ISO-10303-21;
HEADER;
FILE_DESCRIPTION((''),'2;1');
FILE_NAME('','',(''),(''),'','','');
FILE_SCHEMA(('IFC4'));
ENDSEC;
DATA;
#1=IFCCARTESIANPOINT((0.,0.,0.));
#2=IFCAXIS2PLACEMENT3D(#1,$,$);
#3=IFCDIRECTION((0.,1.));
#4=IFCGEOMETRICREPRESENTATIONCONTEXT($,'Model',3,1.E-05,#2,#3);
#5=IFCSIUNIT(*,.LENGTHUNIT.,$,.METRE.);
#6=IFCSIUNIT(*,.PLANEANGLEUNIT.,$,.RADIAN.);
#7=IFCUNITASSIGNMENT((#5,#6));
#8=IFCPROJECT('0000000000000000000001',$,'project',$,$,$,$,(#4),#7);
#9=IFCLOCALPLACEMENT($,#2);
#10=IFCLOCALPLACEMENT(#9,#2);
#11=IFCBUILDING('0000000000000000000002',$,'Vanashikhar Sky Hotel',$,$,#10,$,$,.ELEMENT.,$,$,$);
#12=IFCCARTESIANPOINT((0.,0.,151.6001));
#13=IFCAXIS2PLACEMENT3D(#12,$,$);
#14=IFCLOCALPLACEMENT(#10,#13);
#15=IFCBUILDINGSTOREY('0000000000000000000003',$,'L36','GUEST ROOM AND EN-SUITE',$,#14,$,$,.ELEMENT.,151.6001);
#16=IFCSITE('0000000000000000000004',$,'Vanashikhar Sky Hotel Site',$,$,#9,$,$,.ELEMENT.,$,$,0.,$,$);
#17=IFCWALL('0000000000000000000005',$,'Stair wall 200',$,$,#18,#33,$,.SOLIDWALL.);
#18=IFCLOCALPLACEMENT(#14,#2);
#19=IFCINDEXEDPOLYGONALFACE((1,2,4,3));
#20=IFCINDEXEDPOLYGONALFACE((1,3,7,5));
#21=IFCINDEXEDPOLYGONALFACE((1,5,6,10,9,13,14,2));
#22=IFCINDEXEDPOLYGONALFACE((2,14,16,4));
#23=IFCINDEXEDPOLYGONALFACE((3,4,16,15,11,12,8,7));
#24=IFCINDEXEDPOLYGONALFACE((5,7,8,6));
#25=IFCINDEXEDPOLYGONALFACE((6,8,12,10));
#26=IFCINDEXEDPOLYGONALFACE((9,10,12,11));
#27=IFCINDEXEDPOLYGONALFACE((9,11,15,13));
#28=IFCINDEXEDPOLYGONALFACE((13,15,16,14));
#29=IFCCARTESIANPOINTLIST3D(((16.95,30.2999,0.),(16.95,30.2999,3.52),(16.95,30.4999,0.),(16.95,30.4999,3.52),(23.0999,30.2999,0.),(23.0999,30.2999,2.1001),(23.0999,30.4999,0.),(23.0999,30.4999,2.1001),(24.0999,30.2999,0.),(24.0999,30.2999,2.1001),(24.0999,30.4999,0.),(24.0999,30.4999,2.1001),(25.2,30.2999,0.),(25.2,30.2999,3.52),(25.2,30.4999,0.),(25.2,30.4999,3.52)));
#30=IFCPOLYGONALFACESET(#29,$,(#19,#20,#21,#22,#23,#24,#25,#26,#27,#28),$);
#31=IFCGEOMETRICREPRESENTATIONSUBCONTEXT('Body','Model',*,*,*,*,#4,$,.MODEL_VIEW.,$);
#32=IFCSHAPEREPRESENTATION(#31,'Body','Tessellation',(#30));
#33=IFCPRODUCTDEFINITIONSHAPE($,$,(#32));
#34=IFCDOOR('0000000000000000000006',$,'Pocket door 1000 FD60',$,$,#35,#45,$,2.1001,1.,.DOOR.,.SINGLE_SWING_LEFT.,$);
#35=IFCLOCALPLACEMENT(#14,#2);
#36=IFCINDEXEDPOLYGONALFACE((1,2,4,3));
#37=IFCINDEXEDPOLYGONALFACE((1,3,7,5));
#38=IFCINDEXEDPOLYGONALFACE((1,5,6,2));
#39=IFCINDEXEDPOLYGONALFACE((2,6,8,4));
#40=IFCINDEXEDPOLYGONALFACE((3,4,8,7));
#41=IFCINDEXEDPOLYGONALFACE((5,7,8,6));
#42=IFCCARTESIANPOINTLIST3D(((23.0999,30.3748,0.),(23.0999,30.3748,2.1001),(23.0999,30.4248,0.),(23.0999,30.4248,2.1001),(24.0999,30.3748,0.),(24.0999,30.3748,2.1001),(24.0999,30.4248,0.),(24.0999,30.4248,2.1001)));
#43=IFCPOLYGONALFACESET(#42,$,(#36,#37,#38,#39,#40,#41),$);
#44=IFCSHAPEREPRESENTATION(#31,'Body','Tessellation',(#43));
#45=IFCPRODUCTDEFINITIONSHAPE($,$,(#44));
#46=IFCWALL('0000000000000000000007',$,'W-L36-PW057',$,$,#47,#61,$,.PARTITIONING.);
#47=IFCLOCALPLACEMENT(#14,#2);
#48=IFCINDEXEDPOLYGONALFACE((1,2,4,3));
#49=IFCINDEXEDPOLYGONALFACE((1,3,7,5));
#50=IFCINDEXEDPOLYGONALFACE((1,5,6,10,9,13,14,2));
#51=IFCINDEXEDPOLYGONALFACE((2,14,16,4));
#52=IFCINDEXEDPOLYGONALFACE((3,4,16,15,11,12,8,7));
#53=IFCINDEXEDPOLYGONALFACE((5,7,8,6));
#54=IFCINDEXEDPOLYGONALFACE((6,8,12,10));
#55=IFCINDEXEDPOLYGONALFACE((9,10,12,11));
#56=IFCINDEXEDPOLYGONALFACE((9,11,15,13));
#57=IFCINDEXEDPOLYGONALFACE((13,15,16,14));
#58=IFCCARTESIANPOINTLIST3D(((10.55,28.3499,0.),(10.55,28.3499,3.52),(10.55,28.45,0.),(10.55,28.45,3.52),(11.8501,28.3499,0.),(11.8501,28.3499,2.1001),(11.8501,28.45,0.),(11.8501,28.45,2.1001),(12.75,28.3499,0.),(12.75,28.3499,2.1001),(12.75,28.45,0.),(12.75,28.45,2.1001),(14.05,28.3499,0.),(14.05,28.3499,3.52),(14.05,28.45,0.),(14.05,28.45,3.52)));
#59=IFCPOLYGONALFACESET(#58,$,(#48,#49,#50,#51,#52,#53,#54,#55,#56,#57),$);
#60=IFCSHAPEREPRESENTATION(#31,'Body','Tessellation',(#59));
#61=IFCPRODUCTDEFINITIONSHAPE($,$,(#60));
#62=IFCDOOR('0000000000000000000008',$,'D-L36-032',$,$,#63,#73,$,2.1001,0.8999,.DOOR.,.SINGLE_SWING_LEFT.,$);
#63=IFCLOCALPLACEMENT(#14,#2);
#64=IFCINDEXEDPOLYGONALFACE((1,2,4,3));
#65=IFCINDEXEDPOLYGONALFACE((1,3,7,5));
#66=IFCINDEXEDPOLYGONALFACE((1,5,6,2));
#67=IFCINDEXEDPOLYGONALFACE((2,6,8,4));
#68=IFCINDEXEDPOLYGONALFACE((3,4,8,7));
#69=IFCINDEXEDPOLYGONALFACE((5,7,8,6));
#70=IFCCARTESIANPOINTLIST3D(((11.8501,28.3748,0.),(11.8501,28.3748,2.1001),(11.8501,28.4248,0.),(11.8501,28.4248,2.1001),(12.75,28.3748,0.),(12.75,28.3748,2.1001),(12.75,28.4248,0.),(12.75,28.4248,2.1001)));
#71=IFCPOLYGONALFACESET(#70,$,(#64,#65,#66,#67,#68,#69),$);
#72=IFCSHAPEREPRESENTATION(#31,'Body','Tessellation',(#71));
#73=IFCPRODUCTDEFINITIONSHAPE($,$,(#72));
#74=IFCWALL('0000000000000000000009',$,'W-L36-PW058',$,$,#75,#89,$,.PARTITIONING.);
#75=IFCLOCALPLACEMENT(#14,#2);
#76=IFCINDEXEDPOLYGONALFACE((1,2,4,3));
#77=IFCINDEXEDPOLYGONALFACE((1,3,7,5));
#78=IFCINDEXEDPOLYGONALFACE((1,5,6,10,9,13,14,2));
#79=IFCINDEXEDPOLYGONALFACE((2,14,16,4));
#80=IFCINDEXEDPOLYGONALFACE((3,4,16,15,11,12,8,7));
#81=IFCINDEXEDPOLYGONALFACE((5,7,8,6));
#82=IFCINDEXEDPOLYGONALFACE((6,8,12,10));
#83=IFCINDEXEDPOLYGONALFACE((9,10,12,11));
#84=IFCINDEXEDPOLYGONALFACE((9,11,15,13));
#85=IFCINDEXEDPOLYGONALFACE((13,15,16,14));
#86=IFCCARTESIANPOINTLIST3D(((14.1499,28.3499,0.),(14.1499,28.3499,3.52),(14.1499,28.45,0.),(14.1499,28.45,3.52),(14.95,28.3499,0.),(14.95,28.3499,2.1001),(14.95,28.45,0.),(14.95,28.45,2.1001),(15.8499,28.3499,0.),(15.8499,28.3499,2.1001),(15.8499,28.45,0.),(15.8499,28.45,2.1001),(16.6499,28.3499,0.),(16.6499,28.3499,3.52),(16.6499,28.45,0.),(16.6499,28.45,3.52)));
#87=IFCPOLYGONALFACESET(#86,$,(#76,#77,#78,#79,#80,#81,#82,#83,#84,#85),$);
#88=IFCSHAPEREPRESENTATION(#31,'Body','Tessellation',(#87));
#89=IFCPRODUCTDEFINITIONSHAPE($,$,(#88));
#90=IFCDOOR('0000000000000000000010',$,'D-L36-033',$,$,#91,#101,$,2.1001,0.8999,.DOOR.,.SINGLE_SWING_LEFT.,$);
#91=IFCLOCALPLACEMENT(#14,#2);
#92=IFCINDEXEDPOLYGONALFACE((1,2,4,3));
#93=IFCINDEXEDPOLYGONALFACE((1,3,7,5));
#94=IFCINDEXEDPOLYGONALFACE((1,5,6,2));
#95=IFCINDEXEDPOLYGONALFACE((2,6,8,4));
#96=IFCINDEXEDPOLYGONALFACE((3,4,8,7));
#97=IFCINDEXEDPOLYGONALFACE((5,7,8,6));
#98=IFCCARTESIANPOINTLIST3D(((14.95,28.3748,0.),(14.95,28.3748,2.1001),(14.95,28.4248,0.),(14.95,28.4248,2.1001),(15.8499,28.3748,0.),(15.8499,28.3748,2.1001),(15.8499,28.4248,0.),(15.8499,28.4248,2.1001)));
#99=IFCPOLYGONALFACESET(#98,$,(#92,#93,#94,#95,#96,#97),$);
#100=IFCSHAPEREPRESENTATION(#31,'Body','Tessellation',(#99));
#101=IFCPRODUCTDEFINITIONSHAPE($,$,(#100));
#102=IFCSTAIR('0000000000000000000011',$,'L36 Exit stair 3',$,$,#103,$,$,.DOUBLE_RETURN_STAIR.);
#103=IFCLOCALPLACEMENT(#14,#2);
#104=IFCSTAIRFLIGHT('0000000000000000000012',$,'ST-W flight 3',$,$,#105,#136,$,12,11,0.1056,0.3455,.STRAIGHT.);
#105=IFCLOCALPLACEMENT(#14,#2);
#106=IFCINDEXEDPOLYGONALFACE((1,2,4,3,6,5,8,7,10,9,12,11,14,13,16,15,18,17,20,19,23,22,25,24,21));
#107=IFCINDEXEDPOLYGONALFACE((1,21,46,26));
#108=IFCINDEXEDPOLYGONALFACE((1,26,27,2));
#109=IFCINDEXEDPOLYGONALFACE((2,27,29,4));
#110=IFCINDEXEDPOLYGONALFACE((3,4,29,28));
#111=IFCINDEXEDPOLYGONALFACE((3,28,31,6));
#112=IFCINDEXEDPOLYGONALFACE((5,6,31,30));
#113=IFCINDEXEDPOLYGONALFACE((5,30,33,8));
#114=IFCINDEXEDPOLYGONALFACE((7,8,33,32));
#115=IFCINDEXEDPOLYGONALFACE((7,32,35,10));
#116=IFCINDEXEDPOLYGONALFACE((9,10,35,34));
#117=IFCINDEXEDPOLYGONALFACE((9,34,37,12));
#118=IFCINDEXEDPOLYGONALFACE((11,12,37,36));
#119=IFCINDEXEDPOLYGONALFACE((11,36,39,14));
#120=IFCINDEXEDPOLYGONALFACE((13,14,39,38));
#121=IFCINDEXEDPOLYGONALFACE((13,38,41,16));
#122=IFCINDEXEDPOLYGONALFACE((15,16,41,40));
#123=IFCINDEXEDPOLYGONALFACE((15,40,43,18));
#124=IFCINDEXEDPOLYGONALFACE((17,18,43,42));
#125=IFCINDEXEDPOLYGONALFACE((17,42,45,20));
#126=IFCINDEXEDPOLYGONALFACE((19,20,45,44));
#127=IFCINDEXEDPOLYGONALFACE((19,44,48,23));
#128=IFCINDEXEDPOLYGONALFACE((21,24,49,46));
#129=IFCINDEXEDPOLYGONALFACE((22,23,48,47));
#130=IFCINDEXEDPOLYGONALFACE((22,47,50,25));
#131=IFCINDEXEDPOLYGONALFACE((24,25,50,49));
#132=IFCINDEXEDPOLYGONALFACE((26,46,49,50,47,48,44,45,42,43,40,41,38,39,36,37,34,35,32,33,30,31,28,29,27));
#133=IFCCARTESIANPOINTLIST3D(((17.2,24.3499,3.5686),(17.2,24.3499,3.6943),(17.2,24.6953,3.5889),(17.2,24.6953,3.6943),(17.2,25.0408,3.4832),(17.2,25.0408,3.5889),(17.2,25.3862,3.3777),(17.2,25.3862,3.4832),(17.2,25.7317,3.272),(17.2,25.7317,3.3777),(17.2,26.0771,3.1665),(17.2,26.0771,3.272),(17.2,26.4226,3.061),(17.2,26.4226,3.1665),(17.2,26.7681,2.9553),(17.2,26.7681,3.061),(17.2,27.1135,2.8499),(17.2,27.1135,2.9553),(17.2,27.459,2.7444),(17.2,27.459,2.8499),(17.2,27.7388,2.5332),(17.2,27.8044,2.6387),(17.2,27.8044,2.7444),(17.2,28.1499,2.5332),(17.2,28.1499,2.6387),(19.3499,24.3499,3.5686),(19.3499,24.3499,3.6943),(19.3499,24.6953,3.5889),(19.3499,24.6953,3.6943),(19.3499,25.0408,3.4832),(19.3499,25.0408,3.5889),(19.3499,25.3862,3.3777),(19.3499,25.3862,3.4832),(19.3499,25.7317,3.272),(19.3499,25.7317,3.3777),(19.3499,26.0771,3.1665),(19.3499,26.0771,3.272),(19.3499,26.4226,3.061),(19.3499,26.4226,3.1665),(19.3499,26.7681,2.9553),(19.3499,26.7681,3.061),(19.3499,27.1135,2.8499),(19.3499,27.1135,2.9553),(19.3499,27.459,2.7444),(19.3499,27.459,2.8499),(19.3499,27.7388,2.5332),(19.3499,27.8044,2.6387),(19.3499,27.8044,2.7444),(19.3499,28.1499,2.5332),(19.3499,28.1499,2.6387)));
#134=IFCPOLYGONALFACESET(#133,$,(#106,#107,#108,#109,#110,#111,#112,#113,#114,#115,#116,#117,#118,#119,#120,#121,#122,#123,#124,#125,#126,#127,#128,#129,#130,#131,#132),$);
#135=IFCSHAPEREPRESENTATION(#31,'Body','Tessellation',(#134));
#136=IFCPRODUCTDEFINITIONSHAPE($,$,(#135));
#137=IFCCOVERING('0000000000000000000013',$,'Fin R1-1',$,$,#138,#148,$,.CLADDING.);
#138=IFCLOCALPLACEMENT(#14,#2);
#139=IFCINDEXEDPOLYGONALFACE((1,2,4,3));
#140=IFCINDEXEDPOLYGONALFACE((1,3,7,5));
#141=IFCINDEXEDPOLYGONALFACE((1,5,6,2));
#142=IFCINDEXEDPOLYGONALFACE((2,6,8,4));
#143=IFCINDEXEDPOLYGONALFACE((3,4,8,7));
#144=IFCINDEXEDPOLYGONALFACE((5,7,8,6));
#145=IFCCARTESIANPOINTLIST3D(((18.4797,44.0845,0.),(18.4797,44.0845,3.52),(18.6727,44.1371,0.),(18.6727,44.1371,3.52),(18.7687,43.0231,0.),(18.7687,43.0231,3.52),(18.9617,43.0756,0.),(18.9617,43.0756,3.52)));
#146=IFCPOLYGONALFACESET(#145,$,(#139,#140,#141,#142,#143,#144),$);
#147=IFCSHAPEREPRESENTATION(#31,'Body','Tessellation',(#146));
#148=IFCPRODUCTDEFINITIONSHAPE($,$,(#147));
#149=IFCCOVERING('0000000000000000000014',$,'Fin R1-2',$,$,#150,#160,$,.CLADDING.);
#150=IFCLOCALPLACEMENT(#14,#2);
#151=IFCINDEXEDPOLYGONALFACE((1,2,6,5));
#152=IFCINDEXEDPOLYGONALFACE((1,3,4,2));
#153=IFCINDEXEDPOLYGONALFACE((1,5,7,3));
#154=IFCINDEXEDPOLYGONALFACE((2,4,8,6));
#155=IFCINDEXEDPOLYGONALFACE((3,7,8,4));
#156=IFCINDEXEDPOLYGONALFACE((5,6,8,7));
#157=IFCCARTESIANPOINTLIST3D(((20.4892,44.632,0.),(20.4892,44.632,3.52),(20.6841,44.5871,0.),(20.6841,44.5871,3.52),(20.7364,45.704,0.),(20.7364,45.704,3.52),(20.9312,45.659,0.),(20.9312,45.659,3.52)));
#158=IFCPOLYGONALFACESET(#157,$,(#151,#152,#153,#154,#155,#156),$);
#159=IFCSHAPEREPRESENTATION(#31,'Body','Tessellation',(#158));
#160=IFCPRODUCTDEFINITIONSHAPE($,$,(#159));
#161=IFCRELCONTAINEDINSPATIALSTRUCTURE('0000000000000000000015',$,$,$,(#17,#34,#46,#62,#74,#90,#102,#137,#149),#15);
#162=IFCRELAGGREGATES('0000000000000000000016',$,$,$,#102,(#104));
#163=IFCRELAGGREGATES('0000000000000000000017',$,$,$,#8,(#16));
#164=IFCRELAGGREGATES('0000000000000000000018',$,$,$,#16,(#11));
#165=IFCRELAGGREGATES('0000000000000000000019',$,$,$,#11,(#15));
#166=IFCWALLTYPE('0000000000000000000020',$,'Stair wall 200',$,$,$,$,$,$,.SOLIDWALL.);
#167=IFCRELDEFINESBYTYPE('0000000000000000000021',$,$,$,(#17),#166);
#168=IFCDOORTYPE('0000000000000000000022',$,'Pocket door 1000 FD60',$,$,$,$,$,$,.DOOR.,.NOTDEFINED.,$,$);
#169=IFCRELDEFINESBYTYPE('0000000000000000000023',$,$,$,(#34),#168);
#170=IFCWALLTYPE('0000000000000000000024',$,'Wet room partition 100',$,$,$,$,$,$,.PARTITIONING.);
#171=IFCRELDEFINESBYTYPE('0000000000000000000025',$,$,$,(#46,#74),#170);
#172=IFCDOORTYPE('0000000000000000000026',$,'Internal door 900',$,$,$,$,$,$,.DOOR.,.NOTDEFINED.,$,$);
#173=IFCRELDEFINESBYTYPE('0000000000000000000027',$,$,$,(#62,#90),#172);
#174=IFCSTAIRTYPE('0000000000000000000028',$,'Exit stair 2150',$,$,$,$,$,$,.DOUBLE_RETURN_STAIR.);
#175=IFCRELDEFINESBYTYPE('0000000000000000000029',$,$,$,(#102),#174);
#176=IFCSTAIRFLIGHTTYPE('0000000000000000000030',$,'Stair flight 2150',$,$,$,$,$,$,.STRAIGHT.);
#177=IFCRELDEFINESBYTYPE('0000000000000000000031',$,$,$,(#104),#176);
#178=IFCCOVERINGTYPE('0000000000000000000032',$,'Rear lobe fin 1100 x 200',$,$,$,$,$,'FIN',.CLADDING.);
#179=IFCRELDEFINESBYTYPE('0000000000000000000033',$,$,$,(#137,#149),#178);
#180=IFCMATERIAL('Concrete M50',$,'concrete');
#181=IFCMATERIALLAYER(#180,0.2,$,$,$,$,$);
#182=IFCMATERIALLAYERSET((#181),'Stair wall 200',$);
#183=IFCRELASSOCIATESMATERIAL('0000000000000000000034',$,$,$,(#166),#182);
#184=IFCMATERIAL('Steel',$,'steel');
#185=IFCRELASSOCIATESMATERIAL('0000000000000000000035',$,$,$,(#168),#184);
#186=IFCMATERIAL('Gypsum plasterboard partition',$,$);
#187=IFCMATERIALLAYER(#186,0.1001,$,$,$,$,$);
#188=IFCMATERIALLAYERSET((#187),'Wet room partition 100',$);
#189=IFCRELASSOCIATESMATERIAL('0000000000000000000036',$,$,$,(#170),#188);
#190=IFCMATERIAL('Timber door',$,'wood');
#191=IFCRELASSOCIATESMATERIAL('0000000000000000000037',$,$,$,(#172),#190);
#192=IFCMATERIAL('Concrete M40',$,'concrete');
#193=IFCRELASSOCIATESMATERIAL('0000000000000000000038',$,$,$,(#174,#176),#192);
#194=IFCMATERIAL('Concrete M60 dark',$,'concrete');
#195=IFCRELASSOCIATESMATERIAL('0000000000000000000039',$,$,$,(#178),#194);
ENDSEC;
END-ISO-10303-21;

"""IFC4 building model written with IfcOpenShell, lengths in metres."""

from ifc_helpers import new_model, si_unit, direction, frame, frame_2d, origin, origin_2d, place, context, subcontext, project, spatial, polyline, rectangle, outline, extrude, source, transform, mapped, material, layer, layer_set, material_profile, profile_set, type_object, element, fill, aggregate, save


model = new_model("IFC4")

# Units and contexts
model_context = context("Model", 3, precision=1e-05, world=origin(), true_north=direction((0.0, 1.0)))
body_context = subcontext(model_context, "Body", "Model", "MODEL_VIEW")
ifc_project = project(units=[si_unit("LENGTHUNIT", "METRE"), si_unit("PLANEANGLEUNIT", "RADIAN")], contexts=[model_context])

# Site, building, storey
site_placement = place(None, origin())
site = spatial("IfcSite", under=ifc_project, at=site_placement, Name="Vanashikhar Sky Hotel Site", CompositionType="ELEMENT", RefElevation=0.0)
building_placement = place(site_placement, origin())
building = spatial("IfcBuilding", under=site, at=building_placement, Name="Vanashikhar Sky Hotel", CompositionType="ELEMENT")
storey_placement = place(building_placement, frame((0.0, 0.0, 151.6001)))
storey = spatial("IfcBuildingStorey", under=building, at=storey_placement, Name="L36", Description="GUEST ROOM AND EN-SUITE", CompositionType="ELEMENT", Elevation=151.6001)

# Shared definitions
ifc_material_1 = material(Name="Concrete M50", Category="concrete")

# Walls, openings, doors
ifc_layer_1 = layer(ifc_material_1, 0.2)
ifc_layer_set_1 = layer_set([ifc_layer_1], Name="Stair wall 200")
wall_type_1 = type_object("IfcWallType", Name="Stair wall 200", PredefinedType="SOLIDWALL", material=ifc_layer_set_1)
shared_shape_1 = source(origin(), body_context, "Body", "SweptSolid", [
    extrude(rectangle(XDim=8.25, YDim=0.2, at=frame_2d((4.125, 0.0))), origin(), (0.0, 0.0, 1.0), 3.52),
])
wall_1_placement = place(storey_placement, frame((16.95, 30.3999, 0.0), z_axis=(0.0, 0.0, 1.0), x_axis=(1.0, 0.0, 0.0)))
wall_1 = element("IfcWall", 1, at=wall_1_placement, inside=storey, type_object=wall_type_1, Name="Stair wall 200", PredefinedType="SOLIDWALL", context=body_context, shape_type="MappedRepresentation", body=[
    mapped(shared_shape_1, transform((0.0, 0.0, 0.0), scale=1.0)),
])
shared_shape_2 = source(origin(), body_context, "Body", "SweptSolid", [
    extrude(rectangle(XDim=1.0, YDim=2.1001, at=frame_2d((0.5, 1.05))), frame((0.0, 0.1099, 0.0), z_axis=(0.0, -1.0, 0.0), x_axis=(1.0, 0.0, 0.0)), (0.0, 0.0, 1.0), 0.22),
])
opening_1_placement = place(wall_1_placement, frame((6.1499, 0.0, 0.0)))
opening_1 = element("IfcOpeningElement", 2, at=opening_1_placement, cuts=wall_1, PredefinedType="OPENING", context=body_context, shape_type="MappedRepresentation", body=[
    mapped(shared_shape_2, transform((0.0, 0.0, 0.0), scale=1.0)),
])
ifc_material_2 = material(Name="Steel", Category="steel")
door_type_1 = type_object("IfcDoorType", Name="Pocket door 1000 FD60", OperationType="NOTDEFINED", PredefinedType="DOOR", material=ifc_material_2)
shared_shape_3 = source(origin(), body_context, "Body", "SweptSolid", [
    extrude(rectangle(XDim=1.0, YDim=2.1001, at=frame_2d((0.5, 1.05))), frame((0.0, 0.0249, 0.0), z_axis=(0.0, -1.0, 0.0), x_axis=(1.0, 0.0, 0.0)), (0.0, 0.0, 1.0), 0.05),
])
door_1_placement = place(opening_1_placement, origin())
door_1 = element("IfcDoor", 3, at=door_1_placement, inside=storey, type_object=door_type_1, Name="Pocket door 1000 FD60", OperationType="SINGLE_SWING_LEFT", OverallHeight=2.1001, OverallWidth=1.0, PredefinedType="DOOR", context=body_context, shape_type="MappedRepresentation", body=[
    mapped(shared_shape_3, transform((0.0, 0.0, 0.0), scale=1.0)),
])
fill(opening_1, door_1)
ifc_material_3 = material(Name="Gypsum plasterboard partition")
ifc_layer_2 = layer(ifc_material_3, 0.1001)
ifc_layer_set_2 = layer_set([ifc_layer_2], Name="Wet room partition 100")
wall_type_2 = type_object("IfcWallType", Name="Wet room partition 100", PredefinedType="PARTITIONING", material=ifc_layer_set_2)
shared_shape_4 = source(origin(), body_context, "Body", "SweptSolid", [
    extrude(rectangle(XDim=3.5, YDim=0.1001, at=frame_2d((1.75, 0.0))), origin(), (0.0, 0.0, 1.0), 3.52),
])
wall_2_placement = place(storey_placement, frame((10.55, 28.3999, 0.0), z_axis=(0.0, 0.0, 1.0), x_axis=(1.0, 0.0, 0.0)))
wall_2 = element("IfcWall", 4, at=wall_2_placement, inside=storey, type_object=wall_type_2, Name="W-L36-PW057", PredefinedType="PARTITIONING", context=body_context, shape_type="MappedRepresentation", body=[
    mapped(shared_shape_4, transform((0.0, 0.0, 0.0), scale=1.0)),
])
shared_shape_5 = source(origin(), body_context, "Body", "SweptSolid", [
    extrude(rectangle(XDim=0.8999, YDim=2.1001, at=frame_2d((0.45, 1.05))), frame((0.0, 0.0601, 0.0), z_axis=(0.0, -1.0, 0.0), x_axis=(1.0, 0.0, 0.0)), (0.0, 0.0, 1.0), 0.1201),
])
opening_2_placement = place(wall_2_placement, frame((1.3, 0.0, 0.0)))
opening_2 = element("IfcOpeningElement", 5, at=opening_2_placement, cuts=wall_2, PredefinedType="OPENING", context=body_context, shape_type="MappedRepresentation", body=[
    mapped(shared_shape_5, transform((0.0, 0.0, 0.0), scale=1.0)),
])
ifc_material_4 = material(Name="Timber door", Category="wood")
door_type_2 = type_object("IfcDoorType", Name="Internal door 900", OperationType="NOTDEFINED", PredefinedType="DOOR", material=ifc_material_4)
shared_shape_6 = source(origin(), body_context, "Body", "SweptSolid", [
    extrude(rectangle(XDim=0.8999, YDim=2.1001, at=frame_2d((0.45, 1.05))), frame((0.0, 0.0249, 0.0), z_axis=(0.0, -1.0, 0.0), x_axis=(1.0, 0.0, 0.0)), (0.0, 0.0, 1.0), 0.05),
])
door_2_placement = place(opening_2_placement, origin())
door_2 = element("IfcDoor", 6, at=door_2_placement, inside=storey, type_object=door_type_2, Name="D-L36-032", OperationType="SINGLE_SWING_LEFT", OverallHeight=2.1001, OverallWidth=0.8999, PredefinedType="DOOR", context=body_context, shape_type="MappedRepresentation", body=[
    mapped(shared_shape_6, transform((0.0, 0.0, 0.0), scale=1.0)),
])
fill(opening_2, door_2)
shared_shape_7 = source(origin(), body_context, "Body", "SweptSolid", [
    extrude(rectangle(XDim=2.5, YDim=0.1001, at=frame_2d((1.25, 0.0))), origin(), (0.0, 0.0, 1.0), 3.52),
])
wall_3_placement = place(storey_placement, frame((14.1499, 28.3999, 0.0), z_axis=(0.0, 0.0, 1.0), x_axis=(1.0, 0.0, 0.0)))
wall_3 = element("IfcWall", 7, at=wall_3_placement, inside=storey, type_object=wall_type_2, Name="W-L36-PW058", PredefinedType="PARTITIONING", context=body_context, shape_type="MappedRepresentation", body=[
    mapped(shared_shape_7, transform((0.0, 0.0, 0.0), scale=1.0)),
])
opening_3_placement = place(wall_3_placement, frame((0.8, 0.0, 0.0)))
opening_3 = element("IfcOpeningElement", 8, at=opening_3_placement, cuts=wall_3, PredefinedType="OPENING", context=body_context, shape_type="MappedRepresentation", body=[
    mapped(shared_shape_5, transform((0.0, 0.0, 0.0), scale=1.0)),
])
door_3_placement = place(opening_3_placement, origin())
door_3 = element("IfcDoor", 9, at=door_3_placement, inside=storey, type_object=door_type_2, Name="D-L36-033", OperationType="SINGLE_SWING_LEFT", OverallHeight=2.1001, OverallWidth=0.8999, PredefinedType="DOOR", context=body_context, shape_type="MappedRepresentation", body=[
    mapped(shared_shape_6, transform((0.0, 0.0, 0.0), scale=1.0)),
])
fill(opening_3, door_3)

# Stair, stair flight
ifc_material_5 = material(Name="Concrete M40", Category="concrete")
stair_type = type_object("IfcStairType", Name="Exit stair 2150", PredefinedType="DOUBLE_RETURN_STAIR", material=ifc_material_5)
stair_placement = place(storey_placement, origin())
stair = element("IfcStair", 10, at=stair_placement, inside=storey, type_object=stair_type, Name="L36 Exit stair 3", PredefinedType="DOUBLE_RETURN_STAIR")
stair_flight_type = type_object("IfcStairFlightType", Name="Stair flight 2150", PredefinedType="STRAIGHT", material=ifc_material_5)
shared_shape_8 = source(origin(), body_context, "Body", "SweptSolid", [
    extrude(outline(polyline([(0.0, 0.0), (0.0, 0.1055), (0.3455, 0.1055), (0.3455, 0.2112), (0.6909, 0.2112), (0.6909, 0.3167), (1.0364, 0.3167), (1.0364, 0.4221), (1.3818, 0.4221), (1.3818, 0.5278), (1.7273, 0.5278), (1.7273, 0.6333), (2.0728, 0.6333), (2.0728, 0.7388), (2.4182, 0.7388), (2.4182, 0.8445), (2.7637, 0.8445), (2.7637, 0.95), (3.1091, 0.95), (3.1091, 1.0557), (3.4546, 1.0557), (3.4546, 1.1611), (3.8, 1.1611), (3.8, 1.2666), (3.8, 1.0354), (0.4111, 0.0), (0.0, 0.0)])), frame((0.0, 1.075, 0.0), z_axis=(0.0, -1.0, 0.0), x_axis=(1.0, 0.0, 0.0)), (0.0, 0.0, 1.0), 2.1499),
])
stair_flight_placement = place(storey_placement, frame((18.2749, 28.1499, 2.5332), z_axis=(0.0, 0.0, 1.0), x_axis=(0.0, -1.0, 0.0)))
stair_flight = element("IfcStairFlight", 11, at=stair_flight_placement, type_object=stair_flight_type, Name="ST-W flight 3", NumberOfRisers=12, NumberOfTreads=11, PredefinedType="STRAIGHT", RiserHeight=0.1056, TreadLength=0.3455, context=body_context, shape_type="MappedRepresentation", body=[
    mapped(shared_shape_8, transform((0.0, 0.0, 0.0), scale=1.0)),
])
aggregate(stair, [stair_flight])

# Coverings
ifc_material_6 = material(Name="Concrete M60 dark", Category="concrete")
ifc_material_profile_1 = material_profile(ifc_material_6, rectangle(XDim=1.1001, YDim=0.2, at=origin_2d()))
ifc_profile_set_1 = profile_set([ifc_material_profile_1], Name="Rear lobe fin 1100 x 200")
covering_type_1 = type_object("IfcCoveringType", Name="Rear lobe fin 1100 x 200", ElementType="FIN", PredefinedType="CLADDING", material=ifc_profile_set_1)
shared_shape_9 = source(origin(), body_context, "Body", "SweptSolid", [
    extrude(rectangle(XDim=1.1001, YDim=0.2, at=origin_2d()), origin(), (0.0, 0.0, 1.0), 3.52),
])
for number, where, z_axis, x_axis, name in (
    (12, (18.7207, 43.5801, 0.0), (0.0, 0.0, 1.0), (-0.262711, 0.964874, 0.0), "Fin R1-1"),
    (13, (20.7102, 45.1455, 0.0), (0.0, 0.0, 1.0), (0.224645, 0.974441, 0.0), "Fin R1-2"),
):
    element("IfcCovering", number, at=place(storey_placement, frame(where, z_axis=z_axis, x_axis=x_axis)), inside=storey, type_object=covering_type_1, Name=name, PredefinedType="CLADDING", context=body_context, shape_type="MappedRepresentation", body=[
        mapped(shared_shape_9, transform((0.0, 0.0, 0.0), scale=1.0)),
    ])

save(model, "model.ifc")
